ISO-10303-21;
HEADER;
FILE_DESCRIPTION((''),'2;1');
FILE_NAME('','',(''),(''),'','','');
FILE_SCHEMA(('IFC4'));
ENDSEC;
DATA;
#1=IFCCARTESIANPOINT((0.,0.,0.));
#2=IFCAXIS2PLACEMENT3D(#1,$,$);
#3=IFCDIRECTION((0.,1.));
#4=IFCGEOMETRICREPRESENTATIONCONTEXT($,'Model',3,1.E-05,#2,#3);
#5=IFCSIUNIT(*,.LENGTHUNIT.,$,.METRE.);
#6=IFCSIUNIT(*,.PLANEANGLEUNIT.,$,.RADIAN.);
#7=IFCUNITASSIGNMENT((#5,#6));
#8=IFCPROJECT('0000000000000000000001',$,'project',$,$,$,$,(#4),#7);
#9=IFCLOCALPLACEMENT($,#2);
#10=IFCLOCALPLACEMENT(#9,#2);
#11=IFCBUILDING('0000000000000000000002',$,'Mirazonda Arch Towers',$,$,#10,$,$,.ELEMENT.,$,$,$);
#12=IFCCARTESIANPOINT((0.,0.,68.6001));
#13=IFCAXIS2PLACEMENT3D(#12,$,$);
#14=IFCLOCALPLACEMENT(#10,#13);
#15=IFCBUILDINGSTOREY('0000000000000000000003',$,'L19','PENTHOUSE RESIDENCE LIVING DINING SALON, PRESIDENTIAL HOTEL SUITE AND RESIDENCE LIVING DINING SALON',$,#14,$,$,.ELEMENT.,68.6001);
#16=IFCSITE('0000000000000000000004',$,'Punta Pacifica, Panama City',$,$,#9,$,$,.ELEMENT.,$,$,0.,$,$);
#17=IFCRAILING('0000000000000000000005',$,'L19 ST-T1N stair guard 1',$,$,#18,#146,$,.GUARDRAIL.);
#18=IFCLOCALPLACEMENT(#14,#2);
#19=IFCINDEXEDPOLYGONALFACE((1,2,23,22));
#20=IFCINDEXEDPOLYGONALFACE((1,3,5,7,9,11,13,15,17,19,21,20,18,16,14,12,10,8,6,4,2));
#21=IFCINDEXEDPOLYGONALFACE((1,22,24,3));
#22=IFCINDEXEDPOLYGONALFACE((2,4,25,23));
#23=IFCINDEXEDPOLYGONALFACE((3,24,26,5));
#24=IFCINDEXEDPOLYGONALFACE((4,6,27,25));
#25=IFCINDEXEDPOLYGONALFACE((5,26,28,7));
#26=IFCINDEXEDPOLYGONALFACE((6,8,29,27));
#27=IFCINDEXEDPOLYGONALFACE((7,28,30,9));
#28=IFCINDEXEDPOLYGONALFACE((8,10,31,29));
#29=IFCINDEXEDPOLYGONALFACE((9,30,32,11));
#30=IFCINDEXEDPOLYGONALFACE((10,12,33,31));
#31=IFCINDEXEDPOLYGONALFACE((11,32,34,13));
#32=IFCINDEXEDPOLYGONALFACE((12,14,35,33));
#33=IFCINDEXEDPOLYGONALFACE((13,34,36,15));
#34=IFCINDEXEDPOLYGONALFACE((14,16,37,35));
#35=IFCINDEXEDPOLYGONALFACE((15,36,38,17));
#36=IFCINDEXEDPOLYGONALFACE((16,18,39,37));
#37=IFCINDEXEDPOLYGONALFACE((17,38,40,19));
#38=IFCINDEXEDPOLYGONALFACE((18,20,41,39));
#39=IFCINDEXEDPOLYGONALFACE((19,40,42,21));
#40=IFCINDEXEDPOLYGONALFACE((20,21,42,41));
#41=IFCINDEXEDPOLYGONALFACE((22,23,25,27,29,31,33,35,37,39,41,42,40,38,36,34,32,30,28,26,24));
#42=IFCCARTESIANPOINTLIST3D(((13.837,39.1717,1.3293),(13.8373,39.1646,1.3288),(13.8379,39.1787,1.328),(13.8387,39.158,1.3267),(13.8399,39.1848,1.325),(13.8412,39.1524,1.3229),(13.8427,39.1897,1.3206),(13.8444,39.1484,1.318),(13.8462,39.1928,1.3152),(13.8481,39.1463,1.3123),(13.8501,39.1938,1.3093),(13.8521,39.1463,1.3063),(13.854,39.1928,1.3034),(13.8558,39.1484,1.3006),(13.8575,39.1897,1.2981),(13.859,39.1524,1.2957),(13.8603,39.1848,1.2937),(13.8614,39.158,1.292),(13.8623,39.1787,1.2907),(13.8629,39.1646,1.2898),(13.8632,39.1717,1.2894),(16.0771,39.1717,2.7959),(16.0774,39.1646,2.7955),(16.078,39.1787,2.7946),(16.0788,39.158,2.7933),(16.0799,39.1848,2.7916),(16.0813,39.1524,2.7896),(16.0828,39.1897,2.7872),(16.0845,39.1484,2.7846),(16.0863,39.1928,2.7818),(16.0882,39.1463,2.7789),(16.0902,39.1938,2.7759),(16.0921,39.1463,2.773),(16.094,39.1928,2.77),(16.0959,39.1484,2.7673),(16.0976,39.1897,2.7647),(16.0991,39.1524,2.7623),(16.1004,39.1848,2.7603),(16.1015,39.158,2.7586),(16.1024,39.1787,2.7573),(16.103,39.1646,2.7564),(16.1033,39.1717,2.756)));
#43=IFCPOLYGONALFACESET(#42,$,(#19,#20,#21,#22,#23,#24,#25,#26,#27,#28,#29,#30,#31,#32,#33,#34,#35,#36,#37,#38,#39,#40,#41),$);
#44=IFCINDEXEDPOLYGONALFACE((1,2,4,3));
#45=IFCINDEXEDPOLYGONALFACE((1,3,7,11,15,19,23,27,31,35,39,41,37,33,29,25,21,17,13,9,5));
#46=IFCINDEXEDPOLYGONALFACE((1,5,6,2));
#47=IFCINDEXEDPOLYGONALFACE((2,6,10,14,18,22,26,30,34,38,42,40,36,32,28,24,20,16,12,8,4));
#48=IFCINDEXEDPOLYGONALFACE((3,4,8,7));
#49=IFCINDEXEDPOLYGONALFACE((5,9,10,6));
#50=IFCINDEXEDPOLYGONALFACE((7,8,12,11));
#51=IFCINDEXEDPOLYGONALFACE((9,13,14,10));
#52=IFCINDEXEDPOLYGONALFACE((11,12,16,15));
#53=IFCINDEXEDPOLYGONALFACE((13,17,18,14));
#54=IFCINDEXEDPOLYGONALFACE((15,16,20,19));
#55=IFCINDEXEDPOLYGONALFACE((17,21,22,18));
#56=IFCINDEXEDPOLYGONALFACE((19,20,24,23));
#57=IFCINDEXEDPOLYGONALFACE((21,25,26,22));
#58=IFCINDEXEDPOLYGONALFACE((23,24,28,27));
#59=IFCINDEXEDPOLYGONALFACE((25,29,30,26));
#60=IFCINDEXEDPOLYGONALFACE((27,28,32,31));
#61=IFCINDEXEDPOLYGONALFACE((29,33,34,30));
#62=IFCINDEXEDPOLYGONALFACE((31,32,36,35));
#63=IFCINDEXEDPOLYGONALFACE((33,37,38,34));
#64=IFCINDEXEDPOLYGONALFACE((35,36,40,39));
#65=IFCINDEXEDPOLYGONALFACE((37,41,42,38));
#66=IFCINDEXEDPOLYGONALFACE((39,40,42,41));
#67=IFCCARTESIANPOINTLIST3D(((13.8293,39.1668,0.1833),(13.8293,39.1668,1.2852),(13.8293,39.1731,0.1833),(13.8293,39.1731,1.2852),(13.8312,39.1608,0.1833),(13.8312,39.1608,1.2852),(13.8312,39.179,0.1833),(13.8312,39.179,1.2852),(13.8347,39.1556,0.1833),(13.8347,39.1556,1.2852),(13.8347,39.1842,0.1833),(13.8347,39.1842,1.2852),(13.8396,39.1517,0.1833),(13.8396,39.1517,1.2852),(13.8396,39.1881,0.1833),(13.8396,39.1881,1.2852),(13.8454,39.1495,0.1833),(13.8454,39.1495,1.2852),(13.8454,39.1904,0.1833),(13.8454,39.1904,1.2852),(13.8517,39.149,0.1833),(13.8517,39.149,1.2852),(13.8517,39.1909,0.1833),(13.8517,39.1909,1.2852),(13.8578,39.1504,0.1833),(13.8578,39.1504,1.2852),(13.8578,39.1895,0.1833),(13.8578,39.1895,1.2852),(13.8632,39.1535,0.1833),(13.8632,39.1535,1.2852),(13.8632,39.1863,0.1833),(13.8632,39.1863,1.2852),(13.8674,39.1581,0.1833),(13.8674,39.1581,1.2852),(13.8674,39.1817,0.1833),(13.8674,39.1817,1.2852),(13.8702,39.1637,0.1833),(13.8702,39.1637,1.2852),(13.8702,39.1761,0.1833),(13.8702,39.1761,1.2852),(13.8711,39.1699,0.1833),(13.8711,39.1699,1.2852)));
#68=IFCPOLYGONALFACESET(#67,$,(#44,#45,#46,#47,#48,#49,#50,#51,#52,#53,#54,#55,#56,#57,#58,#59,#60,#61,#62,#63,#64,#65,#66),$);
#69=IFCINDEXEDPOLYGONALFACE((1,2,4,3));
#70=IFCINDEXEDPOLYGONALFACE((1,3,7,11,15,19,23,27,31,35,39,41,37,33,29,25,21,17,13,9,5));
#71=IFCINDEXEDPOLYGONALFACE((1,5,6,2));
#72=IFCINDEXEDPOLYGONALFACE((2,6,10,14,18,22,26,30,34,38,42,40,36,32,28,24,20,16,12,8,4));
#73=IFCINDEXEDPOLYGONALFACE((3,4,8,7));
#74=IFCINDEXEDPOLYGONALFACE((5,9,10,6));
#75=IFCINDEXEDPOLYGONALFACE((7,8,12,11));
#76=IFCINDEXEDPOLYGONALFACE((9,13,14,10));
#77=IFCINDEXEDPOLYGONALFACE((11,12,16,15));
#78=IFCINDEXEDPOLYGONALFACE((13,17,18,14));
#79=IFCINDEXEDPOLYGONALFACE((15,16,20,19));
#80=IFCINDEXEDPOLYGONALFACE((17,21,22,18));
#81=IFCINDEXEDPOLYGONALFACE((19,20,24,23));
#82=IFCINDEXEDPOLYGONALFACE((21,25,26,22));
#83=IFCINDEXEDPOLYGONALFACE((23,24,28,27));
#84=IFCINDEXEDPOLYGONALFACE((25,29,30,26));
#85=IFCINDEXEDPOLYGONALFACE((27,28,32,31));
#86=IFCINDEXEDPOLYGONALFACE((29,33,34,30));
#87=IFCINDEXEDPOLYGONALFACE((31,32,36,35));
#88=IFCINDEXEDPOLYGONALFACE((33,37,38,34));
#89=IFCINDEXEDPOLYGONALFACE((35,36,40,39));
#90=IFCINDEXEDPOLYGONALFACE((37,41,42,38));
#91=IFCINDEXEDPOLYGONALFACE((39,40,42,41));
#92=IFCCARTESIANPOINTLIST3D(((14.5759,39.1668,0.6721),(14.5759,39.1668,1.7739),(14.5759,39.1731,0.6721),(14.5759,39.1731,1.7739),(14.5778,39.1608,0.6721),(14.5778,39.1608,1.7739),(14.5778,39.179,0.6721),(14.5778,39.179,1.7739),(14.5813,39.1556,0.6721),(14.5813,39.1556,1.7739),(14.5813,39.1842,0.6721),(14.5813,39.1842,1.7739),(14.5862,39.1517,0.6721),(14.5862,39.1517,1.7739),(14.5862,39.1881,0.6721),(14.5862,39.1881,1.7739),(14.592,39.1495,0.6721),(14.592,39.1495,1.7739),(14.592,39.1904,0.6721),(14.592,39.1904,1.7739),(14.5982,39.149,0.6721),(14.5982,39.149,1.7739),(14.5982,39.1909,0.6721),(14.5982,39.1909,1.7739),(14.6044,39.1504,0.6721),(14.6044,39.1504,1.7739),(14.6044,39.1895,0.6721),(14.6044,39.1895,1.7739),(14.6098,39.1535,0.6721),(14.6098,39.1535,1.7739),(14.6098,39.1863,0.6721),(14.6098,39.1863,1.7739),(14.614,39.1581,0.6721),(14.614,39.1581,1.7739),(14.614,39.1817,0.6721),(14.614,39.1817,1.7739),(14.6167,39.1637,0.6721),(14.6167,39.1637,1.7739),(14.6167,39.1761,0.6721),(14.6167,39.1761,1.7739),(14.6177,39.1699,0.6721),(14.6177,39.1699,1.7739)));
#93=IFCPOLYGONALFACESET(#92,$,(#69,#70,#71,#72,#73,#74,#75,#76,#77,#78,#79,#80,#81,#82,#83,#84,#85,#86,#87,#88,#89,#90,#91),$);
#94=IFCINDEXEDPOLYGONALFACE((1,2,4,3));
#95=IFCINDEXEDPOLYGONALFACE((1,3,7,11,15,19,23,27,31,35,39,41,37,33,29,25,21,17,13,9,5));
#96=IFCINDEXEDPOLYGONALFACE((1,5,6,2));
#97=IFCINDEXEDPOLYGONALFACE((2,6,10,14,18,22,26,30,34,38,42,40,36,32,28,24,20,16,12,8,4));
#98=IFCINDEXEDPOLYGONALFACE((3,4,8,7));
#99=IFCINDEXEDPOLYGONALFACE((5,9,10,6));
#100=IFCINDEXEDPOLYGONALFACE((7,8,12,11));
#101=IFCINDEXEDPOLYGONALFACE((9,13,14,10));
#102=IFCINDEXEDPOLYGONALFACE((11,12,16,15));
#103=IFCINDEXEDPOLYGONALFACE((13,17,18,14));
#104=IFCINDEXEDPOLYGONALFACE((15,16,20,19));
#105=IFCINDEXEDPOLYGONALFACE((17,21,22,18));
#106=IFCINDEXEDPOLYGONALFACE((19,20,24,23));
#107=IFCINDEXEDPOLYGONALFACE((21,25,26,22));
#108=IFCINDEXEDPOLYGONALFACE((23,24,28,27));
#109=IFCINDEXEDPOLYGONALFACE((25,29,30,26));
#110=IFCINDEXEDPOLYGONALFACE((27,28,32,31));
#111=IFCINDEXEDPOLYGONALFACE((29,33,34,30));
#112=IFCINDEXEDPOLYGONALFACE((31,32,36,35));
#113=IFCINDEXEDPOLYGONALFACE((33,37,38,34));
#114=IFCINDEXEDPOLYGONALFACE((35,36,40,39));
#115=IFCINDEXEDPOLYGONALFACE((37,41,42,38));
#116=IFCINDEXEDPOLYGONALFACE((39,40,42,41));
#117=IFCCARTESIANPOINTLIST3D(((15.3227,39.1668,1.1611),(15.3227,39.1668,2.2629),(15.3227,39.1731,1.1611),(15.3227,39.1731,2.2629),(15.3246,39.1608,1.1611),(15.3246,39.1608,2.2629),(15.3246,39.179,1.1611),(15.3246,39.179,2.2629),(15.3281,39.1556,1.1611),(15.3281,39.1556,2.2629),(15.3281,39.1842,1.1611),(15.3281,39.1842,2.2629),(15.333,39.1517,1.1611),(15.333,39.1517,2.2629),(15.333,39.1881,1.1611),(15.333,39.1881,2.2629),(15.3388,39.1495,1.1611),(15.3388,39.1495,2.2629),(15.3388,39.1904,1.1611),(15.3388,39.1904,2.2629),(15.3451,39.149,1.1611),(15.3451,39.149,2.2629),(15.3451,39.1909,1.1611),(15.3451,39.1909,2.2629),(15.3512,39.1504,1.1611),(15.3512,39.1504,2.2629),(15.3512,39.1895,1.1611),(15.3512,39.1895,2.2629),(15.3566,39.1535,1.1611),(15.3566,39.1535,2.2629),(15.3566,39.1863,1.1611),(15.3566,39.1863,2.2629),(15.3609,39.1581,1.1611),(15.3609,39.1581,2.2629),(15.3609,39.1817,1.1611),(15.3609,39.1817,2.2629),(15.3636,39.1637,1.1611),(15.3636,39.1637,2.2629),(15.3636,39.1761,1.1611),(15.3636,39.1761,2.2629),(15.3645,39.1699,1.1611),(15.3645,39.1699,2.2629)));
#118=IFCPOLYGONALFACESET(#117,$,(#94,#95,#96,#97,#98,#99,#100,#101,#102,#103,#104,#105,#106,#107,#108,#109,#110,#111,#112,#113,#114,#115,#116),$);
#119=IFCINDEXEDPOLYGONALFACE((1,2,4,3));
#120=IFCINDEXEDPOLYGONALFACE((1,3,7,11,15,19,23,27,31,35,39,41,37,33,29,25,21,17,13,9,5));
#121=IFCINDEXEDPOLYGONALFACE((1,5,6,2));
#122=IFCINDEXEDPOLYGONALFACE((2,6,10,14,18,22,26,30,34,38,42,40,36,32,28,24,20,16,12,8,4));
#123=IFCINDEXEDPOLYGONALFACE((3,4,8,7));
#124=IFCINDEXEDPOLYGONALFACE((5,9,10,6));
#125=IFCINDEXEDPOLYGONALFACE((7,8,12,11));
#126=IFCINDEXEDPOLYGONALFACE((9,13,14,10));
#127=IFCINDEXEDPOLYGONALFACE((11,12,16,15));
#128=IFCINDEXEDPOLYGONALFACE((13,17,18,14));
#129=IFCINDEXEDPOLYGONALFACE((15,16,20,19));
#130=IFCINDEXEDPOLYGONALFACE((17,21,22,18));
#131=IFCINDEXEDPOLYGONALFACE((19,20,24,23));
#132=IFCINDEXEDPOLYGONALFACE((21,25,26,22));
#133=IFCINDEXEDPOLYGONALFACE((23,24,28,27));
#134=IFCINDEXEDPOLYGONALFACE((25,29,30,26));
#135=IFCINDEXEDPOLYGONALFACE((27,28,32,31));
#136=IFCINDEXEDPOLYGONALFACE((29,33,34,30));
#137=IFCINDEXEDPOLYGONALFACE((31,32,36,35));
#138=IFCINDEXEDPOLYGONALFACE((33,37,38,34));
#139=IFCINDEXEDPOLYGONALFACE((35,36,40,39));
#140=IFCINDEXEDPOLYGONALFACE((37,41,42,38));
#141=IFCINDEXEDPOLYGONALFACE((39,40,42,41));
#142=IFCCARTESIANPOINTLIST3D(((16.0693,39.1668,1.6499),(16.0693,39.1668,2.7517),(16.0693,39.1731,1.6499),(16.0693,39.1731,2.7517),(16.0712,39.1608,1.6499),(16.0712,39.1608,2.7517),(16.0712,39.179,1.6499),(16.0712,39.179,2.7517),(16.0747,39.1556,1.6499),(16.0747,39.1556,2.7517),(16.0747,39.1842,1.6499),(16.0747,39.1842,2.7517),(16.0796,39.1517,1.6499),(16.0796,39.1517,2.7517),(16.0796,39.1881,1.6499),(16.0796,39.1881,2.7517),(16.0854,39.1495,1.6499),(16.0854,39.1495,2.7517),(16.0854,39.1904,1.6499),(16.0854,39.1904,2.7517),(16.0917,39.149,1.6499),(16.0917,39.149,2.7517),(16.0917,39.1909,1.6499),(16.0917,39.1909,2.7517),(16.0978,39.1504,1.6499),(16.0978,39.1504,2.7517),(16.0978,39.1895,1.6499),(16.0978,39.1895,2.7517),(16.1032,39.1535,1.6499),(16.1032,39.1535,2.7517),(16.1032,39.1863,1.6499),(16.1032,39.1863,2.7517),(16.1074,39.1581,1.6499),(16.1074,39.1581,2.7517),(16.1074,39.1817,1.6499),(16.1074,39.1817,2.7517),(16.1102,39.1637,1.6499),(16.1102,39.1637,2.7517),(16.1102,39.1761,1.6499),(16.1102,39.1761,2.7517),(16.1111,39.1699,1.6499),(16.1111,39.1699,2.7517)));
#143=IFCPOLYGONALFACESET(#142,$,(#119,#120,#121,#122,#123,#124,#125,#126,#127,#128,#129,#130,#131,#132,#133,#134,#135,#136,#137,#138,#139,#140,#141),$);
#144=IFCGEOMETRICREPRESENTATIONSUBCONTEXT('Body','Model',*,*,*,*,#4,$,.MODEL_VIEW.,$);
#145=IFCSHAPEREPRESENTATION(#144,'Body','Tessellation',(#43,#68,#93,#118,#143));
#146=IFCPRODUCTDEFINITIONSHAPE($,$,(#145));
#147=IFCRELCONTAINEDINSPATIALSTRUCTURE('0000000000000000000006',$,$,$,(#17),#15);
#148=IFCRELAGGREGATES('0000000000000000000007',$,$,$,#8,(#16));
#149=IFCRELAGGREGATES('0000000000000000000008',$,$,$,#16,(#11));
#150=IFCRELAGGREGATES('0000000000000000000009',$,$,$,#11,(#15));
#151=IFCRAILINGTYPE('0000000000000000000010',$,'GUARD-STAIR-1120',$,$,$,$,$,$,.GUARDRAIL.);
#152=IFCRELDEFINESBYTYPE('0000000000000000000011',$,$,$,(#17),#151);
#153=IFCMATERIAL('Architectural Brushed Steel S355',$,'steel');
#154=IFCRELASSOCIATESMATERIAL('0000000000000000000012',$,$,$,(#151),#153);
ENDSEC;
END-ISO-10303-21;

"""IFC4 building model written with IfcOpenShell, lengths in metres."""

from ifc_helpers import new_model, si_unit, direction, frame, origin, origin_2d, place, context, subcontext, project, spatial, circle, extrude, material, type_object, element, save


model = new_model("IFC4")

# Units and contexts
model_context = context("Model", 3, precision=1e-05, world=origin(), true_north=direction((0.0, 1.0)))
body_context = subcontext(model_context, "Body", "Model", "MODEL_VIEW")
ifc_project = project(units=[si_unit("LENGTHUNIT", "METRE"), si_unit("PLANEANGLEUNIT", "RADIAN")], contexts=[model_context])

# Site, building, storey
site_placement = place(None, origin())
site = spatial("IfcSite", under=ifc_project, at=site_placement, Name="Punta Pacifica, Panama City", CompositionType="ELEMENT", RefElevation=0.0)
building_placement = place(site_placement, origin())
building = spatial("IfcBuilding", under=site, at=building_placement, Name="Mirazonda Arch Towers", CompositionType="ELEMENT")
storey_placement = place(building_placement, frame((0.0, 0.0, 68.6001)))
storey = spatial("IfcBuildingStorey", under=building, at=storey_placement, Name="L19", Description="PENTHOUSE RESIDENCE LIVING DINING SALON, PRESIDENTIAL HOTEL SUITE AND RESIDENCE LIVING DINING SALON", CompositionType="ELEMENT", Elevation=68.6001)

# Shared definitions
ifc_material_1 = material(Name="Architectural Brushed Steel S355", Category="steel")

# Railing
railing_type = type_object("IfcRailingType", Name="GUARD-STAIR-1120", PredefinedType="GUARDRAIL", material=ifc_material_1)
railing_1_placement = place(storey_placement, frame((13.8501, 39.1699, 0.1833)))
element("IfcRailing", 1, at=railing_1_placement, inside=storey, type_object=railing_type, Name="L19 ST-T1N stair guard 1", PredefinedType="GUARDRAIL", context=body_context, shape_type="SweptSolid", body=[
    extrude(circle(Radius=0.0239, at=origin_2d()), frame((0.0, 0.0, 1.126), z_axis=(0.836637, 0.0, 0.547758), x_axis=(0.0, 1.0, 0.0)), (0.0, 0.0, 1.0), 2.6775),
    extrude(circle(Radius=0.021, at=origin_2d()), origin(), (0.0, 0.0, 1.0), 1.1018),
    extrude(circle(Radius=0.021, at=origin_2d()), frame((0.7466, 0.0, 0.4888)), (0.0, 0.0, 1.0), 1.1018),
    extrude(circle(Radius=0.021, at=origin_2d()), frame((1.4934, 0.0, 0.9778)), (0.0, 0.0, 1.0), 1.1018),
    extrude(circle(Radius=0.021, at=origin_2d()), frame((2.24, 0.0, 1.4666)), (0.0, 0.0, 1.0), 1.1018),
])

save(model, "model.ifc")
